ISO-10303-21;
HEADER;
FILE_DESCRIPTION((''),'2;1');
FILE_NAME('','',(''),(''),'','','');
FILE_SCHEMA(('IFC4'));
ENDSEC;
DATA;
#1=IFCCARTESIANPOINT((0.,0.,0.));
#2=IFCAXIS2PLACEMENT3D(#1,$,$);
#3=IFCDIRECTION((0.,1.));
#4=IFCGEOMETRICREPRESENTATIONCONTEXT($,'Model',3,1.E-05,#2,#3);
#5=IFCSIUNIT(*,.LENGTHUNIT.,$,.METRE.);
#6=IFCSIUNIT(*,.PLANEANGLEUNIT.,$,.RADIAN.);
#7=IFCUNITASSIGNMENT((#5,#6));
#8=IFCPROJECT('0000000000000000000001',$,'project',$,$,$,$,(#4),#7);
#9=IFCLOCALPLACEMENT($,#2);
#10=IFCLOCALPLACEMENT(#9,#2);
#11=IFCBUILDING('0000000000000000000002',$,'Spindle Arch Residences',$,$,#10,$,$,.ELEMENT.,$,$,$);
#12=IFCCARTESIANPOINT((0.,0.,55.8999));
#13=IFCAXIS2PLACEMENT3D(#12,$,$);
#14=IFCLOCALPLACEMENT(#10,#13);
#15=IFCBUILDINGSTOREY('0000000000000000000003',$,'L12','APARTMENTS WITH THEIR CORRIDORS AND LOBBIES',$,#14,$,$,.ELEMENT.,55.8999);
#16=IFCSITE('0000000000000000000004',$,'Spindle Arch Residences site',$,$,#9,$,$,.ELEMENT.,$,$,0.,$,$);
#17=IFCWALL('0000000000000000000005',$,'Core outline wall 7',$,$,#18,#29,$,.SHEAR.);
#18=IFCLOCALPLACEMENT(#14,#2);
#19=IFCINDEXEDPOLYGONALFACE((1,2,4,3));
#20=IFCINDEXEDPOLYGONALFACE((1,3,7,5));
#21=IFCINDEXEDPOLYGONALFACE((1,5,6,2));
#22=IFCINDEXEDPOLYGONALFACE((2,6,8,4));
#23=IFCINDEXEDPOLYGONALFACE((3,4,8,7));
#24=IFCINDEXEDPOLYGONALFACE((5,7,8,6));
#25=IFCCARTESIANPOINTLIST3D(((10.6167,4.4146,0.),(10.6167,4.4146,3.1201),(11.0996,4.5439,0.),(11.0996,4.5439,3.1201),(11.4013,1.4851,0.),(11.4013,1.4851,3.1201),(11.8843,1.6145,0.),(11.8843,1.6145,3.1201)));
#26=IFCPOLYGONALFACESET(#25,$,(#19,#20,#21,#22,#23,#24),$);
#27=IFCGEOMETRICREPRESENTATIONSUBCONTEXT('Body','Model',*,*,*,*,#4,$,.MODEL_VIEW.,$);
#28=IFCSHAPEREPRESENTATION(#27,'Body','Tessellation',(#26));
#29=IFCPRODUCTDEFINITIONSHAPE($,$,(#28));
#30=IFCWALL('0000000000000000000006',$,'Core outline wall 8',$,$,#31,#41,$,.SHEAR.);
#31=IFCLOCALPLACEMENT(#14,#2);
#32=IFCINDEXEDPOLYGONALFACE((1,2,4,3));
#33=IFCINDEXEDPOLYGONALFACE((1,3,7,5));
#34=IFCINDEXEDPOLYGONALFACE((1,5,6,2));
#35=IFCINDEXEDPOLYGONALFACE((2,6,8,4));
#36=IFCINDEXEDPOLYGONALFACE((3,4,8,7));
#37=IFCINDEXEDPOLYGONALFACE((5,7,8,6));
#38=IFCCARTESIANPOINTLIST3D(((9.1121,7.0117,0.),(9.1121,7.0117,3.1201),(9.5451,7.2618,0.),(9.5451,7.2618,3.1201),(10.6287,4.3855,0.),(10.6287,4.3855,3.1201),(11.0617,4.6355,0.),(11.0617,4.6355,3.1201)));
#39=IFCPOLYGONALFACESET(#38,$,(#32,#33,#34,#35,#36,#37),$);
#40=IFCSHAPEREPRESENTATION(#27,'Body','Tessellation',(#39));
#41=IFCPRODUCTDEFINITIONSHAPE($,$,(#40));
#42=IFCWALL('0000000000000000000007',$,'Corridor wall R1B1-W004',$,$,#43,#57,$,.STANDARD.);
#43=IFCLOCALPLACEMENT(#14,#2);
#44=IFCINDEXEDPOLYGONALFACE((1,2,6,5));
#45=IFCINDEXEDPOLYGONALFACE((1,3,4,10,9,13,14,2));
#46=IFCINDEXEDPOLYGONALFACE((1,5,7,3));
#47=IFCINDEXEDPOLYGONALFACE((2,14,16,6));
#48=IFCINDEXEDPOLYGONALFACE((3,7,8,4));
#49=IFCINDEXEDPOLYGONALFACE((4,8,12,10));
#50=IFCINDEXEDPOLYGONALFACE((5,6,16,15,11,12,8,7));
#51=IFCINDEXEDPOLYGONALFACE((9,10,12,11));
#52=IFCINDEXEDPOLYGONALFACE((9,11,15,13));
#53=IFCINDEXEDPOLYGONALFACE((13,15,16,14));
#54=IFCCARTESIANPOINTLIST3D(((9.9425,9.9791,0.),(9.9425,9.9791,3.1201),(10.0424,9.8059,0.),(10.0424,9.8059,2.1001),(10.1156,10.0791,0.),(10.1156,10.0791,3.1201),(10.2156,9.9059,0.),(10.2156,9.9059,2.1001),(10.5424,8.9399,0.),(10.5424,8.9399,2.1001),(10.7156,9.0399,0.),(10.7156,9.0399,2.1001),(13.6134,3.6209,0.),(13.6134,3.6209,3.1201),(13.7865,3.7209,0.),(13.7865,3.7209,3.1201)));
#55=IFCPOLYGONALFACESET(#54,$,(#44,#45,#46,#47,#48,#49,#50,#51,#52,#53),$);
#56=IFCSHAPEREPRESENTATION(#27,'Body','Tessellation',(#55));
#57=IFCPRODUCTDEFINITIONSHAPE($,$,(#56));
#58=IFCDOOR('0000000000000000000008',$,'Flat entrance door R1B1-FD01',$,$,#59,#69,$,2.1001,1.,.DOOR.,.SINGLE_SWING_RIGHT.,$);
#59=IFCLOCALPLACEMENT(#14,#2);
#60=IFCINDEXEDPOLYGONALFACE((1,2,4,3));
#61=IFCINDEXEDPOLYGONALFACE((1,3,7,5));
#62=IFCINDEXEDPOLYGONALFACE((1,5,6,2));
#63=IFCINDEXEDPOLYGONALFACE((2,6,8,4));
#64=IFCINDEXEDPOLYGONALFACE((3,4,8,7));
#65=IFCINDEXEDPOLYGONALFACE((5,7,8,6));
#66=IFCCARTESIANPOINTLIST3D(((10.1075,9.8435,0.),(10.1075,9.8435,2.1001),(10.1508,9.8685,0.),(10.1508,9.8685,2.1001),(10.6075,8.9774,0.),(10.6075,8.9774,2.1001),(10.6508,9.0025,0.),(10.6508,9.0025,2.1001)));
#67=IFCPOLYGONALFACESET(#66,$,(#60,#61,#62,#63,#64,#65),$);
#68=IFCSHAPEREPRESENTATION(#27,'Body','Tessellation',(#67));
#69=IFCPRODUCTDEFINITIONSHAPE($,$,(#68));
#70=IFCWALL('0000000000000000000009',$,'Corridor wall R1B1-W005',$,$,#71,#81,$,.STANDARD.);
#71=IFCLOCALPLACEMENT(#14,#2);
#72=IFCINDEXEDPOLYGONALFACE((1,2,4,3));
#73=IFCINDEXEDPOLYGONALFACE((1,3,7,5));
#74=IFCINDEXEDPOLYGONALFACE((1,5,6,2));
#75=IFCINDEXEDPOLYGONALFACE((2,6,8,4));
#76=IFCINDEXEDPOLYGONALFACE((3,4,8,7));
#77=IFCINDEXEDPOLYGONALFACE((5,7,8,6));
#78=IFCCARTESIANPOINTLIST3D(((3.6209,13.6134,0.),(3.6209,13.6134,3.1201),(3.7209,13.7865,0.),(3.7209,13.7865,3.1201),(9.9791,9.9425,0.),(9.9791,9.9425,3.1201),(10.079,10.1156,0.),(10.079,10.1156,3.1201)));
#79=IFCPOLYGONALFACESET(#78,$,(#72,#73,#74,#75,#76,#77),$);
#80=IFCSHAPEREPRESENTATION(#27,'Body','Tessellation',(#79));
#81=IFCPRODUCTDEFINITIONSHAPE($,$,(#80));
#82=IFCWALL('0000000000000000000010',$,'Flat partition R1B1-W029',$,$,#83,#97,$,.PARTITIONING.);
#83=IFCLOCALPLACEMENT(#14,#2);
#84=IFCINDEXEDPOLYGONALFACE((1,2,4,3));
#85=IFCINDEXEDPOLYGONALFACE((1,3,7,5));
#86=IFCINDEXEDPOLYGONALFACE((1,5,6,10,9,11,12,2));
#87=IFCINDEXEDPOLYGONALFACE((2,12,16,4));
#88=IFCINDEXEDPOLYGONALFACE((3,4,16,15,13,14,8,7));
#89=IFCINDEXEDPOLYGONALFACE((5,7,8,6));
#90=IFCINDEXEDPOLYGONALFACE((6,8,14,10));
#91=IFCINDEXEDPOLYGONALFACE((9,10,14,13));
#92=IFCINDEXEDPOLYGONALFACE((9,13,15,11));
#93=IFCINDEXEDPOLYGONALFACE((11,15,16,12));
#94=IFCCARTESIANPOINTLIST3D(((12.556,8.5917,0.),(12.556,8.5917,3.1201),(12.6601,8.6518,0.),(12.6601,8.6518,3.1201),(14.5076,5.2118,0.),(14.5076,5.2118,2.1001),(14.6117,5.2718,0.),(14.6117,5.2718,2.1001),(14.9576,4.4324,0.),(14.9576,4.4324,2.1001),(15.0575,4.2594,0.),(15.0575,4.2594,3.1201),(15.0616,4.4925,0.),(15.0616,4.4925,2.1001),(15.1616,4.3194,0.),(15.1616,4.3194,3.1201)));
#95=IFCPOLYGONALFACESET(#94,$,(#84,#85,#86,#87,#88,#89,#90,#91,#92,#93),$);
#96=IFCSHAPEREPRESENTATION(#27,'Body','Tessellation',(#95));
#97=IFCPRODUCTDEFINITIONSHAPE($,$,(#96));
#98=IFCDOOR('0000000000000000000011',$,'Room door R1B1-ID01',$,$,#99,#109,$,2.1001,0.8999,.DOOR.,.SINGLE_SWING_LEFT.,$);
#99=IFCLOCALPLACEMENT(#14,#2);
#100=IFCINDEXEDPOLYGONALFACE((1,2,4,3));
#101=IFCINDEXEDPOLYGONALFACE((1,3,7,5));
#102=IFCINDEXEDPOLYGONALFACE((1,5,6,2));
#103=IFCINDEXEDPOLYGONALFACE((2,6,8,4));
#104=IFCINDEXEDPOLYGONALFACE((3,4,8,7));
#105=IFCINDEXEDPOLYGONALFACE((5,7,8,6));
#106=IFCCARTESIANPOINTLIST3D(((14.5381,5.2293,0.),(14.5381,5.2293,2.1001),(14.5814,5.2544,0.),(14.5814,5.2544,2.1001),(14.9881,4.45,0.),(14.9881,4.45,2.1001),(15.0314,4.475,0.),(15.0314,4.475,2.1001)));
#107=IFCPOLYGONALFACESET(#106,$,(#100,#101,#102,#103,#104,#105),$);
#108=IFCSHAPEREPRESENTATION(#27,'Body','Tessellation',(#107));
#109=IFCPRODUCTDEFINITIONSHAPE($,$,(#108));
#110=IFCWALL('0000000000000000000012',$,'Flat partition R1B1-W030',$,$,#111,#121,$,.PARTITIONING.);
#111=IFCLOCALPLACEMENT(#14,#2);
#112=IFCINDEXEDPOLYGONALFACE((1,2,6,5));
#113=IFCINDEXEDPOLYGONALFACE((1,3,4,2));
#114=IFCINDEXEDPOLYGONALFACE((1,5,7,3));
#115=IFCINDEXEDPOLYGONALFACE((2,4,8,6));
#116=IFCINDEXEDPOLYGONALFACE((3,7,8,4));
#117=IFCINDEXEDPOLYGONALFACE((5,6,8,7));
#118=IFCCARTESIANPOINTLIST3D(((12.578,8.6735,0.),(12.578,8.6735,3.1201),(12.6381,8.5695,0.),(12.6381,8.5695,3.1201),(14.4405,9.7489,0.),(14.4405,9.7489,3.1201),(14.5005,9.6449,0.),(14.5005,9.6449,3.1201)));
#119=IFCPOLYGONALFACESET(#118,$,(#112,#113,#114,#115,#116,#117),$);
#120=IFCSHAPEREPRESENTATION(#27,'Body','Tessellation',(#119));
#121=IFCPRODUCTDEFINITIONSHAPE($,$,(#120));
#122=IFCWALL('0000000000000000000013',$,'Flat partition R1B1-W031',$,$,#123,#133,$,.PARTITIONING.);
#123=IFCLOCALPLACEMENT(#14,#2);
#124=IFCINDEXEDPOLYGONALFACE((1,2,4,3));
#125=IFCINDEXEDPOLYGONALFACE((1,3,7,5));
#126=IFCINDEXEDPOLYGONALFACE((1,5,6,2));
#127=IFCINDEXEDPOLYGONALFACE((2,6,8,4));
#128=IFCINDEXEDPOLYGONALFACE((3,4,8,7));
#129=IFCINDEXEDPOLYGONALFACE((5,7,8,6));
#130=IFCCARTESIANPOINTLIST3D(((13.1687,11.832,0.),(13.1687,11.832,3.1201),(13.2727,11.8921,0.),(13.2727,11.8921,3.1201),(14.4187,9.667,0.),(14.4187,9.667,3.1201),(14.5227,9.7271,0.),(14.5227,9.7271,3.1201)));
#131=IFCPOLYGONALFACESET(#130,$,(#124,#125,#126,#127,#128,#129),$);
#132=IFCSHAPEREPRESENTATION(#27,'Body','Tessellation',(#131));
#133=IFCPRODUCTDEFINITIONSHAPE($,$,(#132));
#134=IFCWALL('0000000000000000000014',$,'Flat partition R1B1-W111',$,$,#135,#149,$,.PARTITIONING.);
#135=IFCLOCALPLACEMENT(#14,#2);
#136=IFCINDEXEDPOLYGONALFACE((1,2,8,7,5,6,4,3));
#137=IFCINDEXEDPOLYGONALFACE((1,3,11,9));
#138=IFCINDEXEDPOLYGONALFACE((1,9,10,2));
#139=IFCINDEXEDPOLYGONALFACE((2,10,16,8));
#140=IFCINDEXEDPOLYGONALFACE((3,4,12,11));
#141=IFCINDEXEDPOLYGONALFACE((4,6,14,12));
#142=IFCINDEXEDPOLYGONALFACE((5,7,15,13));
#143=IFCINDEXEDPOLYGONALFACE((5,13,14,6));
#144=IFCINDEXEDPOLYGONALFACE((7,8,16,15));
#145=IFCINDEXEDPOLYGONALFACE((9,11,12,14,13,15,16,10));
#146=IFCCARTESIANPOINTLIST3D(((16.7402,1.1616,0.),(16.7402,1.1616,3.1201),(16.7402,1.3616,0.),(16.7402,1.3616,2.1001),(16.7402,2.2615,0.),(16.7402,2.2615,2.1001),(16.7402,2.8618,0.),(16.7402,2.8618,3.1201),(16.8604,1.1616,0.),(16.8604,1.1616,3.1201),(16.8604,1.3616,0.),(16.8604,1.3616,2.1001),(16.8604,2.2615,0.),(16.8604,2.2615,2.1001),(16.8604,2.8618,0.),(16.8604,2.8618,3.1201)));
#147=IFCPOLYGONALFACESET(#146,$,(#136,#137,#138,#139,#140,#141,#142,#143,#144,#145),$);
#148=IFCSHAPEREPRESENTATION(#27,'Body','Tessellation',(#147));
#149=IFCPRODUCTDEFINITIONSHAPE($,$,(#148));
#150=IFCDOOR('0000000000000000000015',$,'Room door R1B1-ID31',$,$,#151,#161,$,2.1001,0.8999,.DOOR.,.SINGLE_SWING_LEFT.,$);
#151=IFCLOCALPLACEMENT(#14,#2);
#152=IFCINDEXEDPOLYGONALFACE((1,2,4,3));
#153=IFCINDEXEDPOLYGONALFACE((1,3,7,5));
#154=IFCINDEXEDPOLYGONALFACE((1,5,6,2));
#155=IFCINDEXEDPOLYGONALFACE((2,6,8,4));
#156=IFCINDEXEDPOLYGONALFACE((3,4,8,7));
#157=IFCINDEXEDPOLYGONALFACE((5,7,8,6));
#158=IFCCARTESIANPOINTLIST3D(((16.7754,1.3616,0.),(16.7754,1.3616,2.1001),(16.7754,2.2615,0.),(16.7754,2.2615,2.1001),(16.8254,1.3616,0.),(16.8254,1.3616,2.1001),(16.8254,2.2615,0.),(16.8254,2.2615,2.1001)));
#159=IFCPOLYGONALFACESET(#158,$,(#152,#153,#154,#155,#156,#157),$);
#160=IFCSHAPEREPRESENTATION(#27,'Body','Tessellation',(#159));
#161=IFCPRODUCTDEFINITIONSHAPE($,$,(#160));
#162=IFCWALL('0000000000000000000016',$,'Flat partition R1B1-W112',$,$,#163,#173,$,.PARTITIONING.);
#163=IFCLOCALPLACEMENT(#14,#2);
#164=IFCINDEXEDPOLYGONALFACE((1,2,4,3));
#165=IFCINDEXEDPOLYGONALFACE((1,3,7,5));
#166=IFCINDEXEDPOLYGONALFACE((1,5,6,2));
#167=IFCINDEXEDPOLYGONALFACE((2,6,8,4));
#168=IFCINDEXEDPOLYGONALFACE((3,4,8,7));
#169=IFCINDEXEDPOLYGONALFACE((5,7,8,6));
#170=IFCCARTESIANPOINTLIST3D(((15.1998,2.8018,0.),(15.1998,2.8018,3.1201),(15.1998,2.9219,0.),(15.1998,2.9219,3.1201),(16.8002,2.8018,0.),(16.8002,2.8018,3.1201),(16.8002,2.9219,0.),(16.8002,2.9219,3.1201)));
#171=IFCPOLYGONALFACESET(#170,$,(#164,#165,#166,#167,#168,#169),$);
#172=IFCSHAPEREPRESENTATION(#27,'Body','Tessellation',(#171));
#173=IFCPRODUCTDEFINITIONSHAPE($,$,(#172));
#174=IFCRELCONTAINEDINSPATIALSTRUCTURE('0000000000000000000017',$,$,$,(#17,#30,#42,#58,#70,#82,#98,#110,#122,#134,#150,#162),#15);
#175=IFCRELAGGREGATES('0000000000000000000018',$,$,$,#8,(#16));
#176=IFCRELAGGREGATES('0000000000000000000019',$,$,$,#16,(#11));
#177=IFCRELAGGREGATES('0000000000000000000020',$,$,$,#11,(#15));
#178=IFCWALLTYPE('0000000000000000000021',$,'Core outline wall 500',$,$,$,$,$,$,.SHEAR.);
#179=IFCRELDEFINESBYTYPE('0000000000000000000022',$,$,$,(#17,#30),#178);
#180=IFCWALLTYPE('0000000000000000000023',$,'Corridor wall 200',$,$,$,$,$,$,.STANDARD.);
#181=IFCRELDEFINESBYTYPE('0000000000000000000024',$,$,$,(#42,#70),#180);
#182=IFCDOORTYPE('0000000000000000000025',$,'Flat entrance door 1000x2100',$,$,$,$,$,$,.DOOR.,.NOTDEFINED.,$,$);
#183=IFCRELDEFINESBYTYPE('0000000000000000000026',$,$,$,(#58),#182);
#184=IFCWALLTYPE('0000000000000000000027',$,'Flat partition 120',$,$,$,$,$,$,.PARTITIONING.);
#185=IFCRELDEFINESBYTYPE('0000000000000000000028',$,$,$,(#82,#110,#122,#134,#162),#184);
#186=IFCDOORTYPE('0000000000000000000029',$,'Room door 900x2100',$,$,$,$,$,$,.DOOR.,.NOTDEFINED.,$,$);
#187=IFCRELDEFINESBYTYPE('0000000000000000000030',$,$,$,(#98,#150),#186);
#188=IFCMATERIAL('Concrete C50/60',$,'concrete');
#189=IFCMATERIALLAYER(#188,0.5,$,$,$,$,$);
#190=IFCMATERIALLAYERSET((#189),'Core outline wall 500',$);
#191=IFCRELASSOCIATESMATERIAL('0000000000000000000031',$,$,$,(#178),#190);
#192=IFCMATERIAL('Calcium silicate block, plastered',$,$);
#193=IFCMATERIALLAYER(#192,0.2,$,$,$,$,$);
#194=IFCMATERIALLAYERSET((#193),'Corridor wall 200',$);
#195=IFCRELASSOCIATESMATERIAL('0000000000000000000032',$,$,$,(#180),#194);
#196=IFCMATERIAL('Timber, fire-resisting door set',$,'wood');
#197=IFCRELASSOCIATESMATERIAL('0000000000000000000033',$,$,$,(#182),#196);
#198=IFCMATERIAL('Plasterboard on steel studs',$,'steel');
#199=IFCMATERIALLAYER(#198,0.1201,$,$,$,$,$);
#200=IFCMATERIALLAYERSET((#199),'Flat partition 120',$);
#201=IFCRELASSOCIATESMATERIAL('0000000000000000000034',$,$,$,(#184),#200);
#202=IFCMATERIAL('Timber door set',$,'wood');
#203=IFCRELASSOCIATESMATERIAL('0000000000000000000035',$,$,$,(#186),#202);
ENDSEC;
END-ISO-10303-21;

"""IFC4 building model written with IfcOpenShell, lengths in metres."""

from ifc_helpers import new_model, si_unit, direction, frame, frame_2d, origin, place, context, subcontext, project, spatial, rectangle, extrude, material, layer, layer_set, type_object, element, fill, save


model = new_model("IFC4")

# Units and contexts
model_context = context("Model", 3, precision=1e-05, world=origin(), true_north=direction((0.0, 1.0)))
body_context = subcontext(model_context, "Body", "Model", "MODEL_VIEW")
ifc_project = project(units=[si_unit("LENGTHUNIT", "METRE"), si_unit("PLANEANGLEUNIT", "RADIAN")], contexts=[model_context])

# Site, building, storey
site_placement = place(None, origin())
site = spatial("IfcSite", under=ifc_project, at=site_placement, Name="Spindle Arch Residences site", CompositionType="ELEMENT", RefElevation=0.0)
building_placement = place(site_placement, origin())
building = spatial("IfcBuilding", under=site, at=building_placement, Name="Spindle Arch Residences", CompositionType="ELEMENT")
storey_placement = place(building_placement, frame((0.0, 0.0, 55.8999)))
storey = spatial("IfcBuildingStorey", under=building, at=storey_placement, Name="L12", Description="APARTMENTS WITH THEIR CORRIDORS AND LOBBIES", CompositionType="ELEMENT", Elevation=55.8999)

# Walls
ifc_material_1 = material(Name="Concrete C50/60", Category="concrete")
ifc_layer_1 = layer(ifc_material_1, 0.5)
ifc_layer_set_1 = layer_set([ifc_layer_1], Name="Core outline wall 500")
wall_type_1 = type_object("IfcWallType", Name="Core outline wall 500", PredefinedType="SHEAR", material=ifc_layer_set_1)
for number, where, z_axis, x_axis, name in (
    (1, (11.6428, 1.5498, 0.0), (0.0, 0.0, 1.0), (-0.258735, 0.965948, 0.0), "Core outline wall 7"),
    (2, (10.8452, 4.5105, 0.0), (0.0, 0.0, 1.0), (-0.500087, 0.865975, 0.0), "Core outline wall 8"),
):
    element("IfcWall", number, at=place(storey_placement, frame(where, z_axis=z_axis, x_axis=x_axis)), inside=storey, type_object=wall_type_1, Name=name, PredefinedType="SHEAR", context=body_context, shape_type="SweptSolid", body=[
        extrude(rectangle(XDim=3.0327, YDim=0.5, at=frame_2d((1.5164, 0.0))), origin(), (0.0, 0.0, 1.0), 3.1201),
    ])

# Wall, opening, door
ifc_material_2 = material(Name="Calcium silicate block, plastered")
ifc_layer_2 = layer(ifc_material_2, 0.2)
ifc_layer_set_2 = layer_set([ifc_layer_2], Name="Corridor wall 200")
wall_type_2 = type_object("IfcWallType", Name="Corridor wall 200", PredefinedType="STANDARD", material=ifc_layer_set_2)
wall_1_placement = place(storey_placement, frame((13.7, 3.6709, 0.0), z_axis=(0.0, 0.0, 1.0), x_axis=(-0.500002, 0.866024, 0.0)))
wall_1 = element("IfcWall", 3, at=wall_1_placement, inside=storey, type_object=wall_type_2, Name="Corridor wall R1B1-W004", PredefinedType="STANDARD", context=body_context, shape_type="SweptSolid", body=[
    extrude(rectangle(XDim=7.3418, YDim=0.2, at=frame_2d((3.6709, 0.0))), origin(), (0.0, 0.0, 1.0), 3.1201),
])
opening_1_placement = place(wall_1_placement, frame((6.1418, 0.0, 0.0)))
opening_1 = element("IfcOpeningElement", 4, at=opening_1_placement, cuts=wall_1, PredefinedType="OPENING", context=body_context, shape_type="SweptSolid", body=[
    extrude(rectangle(XDim=1.0, YDim=2.1001, at=frame_2d((0.5, 1.05))), frame((0.0, 0.1099, 0.0), z_axis=(0.0, -1.0, 0.0), x_axis=(1.0, 0.0, 0.0)), (0.0, 0.0, 1.0), 0.22),
])
ifc_material_3 = material(Name="Timber, fire-resisting door set", Category="wood")
door_type_1 = type_object("IfcDoorType", Name="Flat entrance door 1000x2100", OperationType="NOTDEFINED", PredefinedType="DOOR", material=ifc_material_3)
door_1_placement = place(opening_1_placement, origin())
door_1 = element("IfcDoor", 5, at=door_1_placement, inside=storey, type_object=door_type_1, Name="Flat entrance door R1B1-FD01", OperationType="SINGLE_SWING_RIGHT", OverallHeight=2.1001, OverallWidth=1.0, PredefinedType="DOOR", context=body_context, shape_type="SweptSolid", body=[
    extrude(rectangle(XDim=1.0, YDim=2.1001, at=frame_2d((0.5, 1.05))), frame((0.0, 0.0249, 0.0), z_axis=(0.0, -1.0, 0.0), x_axis=(1.0, 0.0, 0.0)), (0.0, 0.0, 1.0), 0.05),
])
fill(opening_1, door_1)

# Wall
wall_2_placement = place(storey_placement, frame((10.0291, 10.0291, 0.0), z_axis=(0.0, 0.0, 1.0), x_axis=(-0.866024, 0.500002, 0.0)))
element("IfcWall", 6, at=wall_2_placement, inside=storey, type_object=wall_type_2, Name="Corridor wall R1B1-W005", PredefinedType="STANDARD", context=body_context, shape_type="SweptSolid", body=[
    extrude(rectangle(XDim=7.3418, YDim=0.2, at=frame_2d((3.6709, 0.0))), origin(), (0.0, 0.0, 1.0), 3.1201),
])

# Wall, opening, door
ifc_material_4 = material(Name="Plasterboard on steel studs", Category="steel")
ifc_layer_3 = layer(ifc_material_4, 0.1201)
ifc_layer_set_3 = layer_set([ifc_layer_3], Name="Flat partition 120")
wall_type_3 = type_object("IfcWallType", Name="Flat partition 120", PredefinedType="PARTITIONING", material=ifc_layer_set_3)
wall_3_placement = place(storey_placement, frame((15.1096, 4.2893, 0.0), z_axis=(0.0, 0.0, 1.0), x_axis=(-0.500034, 0.866006, 0.0)))
wall_3 = element("IfcWall", 7, at=wall_3_placement, inside=storey, type_object=wall_type_3, Name="Flat partition R1B1-W029", PredefinedType="PARTITIONING", context=body_context, shape_type="SweptSolid", body=[
    extrude(rectangle(XDim=5.0027, YDim=0.1201, at=frame_2d((2.5015, 0.0))), origin(), (0.0, 0.0, 1.0), 3.1201),
])
opening_2_placement = place(wall_3_placement, frame((0.2, 0.0, 0.0)))
opening_2 = element("IfcOpeningElement", 8, at=opening_2_placement, cuts=wall_3, PredefinedType="OPENING", context=body_context, shape_type="SweptSolid", body=[
    extrude(rectangle(XDim=0.8999, YDim=2.1001, at=frame_2d((0.45, 1.05))), frame((0.0, 0.0701, 0.0), z_axis=(0.0, -1.0, 0.0), x_axis=(1.0, 0.0, 0.0)), (0.0, 0.0, 1.0), 0.1401),
])
ifc_material_5 = material(Name="Timber door set", Category="wood")
door_type_2 = type_object("IfcDoorType", Name="Room door 900x2100", OperationType="NOTDEFINED", PredefinedType="DOOR", material=ifc_material_5)
door_2_placement = place(opening_2_placement, origin())
door_2 = element("IfcDoor", 9, at=door_2_placement, inside=storey, type_object=door_type_2, Name="Room door R1B1-ID01", OperationType="SINGLE_SWING_LEFT", OverallHeight=2.1001, OverallWidth=0.8999, PredefinedType="DOOR", context=body_context, shape_type="SweptSolid", body=[
    extrude(rectangle(XDim=0.8999, YDim=2.1001, at=frame_2d((0.45, 1.05))), frame((0.0, 0.0249, 0.0), z_axis=(0.0, -1.0, 0.0), x_axis=(1.0, 0.0, 0.0)), (0.0, 0.0, 1.0), 0.05),
])
fill(opening_2, door_2)

# Walls
wall_4_placement = place(storey_placement, frame((12.6082, 8.6216, 0.0), z_axis=(0.0, 0.0, 1.0), x_axis=(0.866006, 0.500034, 0.0)))
element("IfcWall", 10, at=wall_4_placement, inside=storey, type_object=wall_type_3, Name="Flat partition R1B1-W030", PredefinedType="PARTITIONING", context=body_context, shape_type="SweptSolid", body=[
    extrude(rectangle(XDim=2.1506, YDim=0.1201, at=frame_2d((1.0752, 0.0))), origin(), (0.0, 0.0, 1.0), 3.1201),
])
wall_5_placement = place(storey_placement, frame((14.4707, 9.697, 0.0), z_axis=(0.0, 0.0, 1.0), x_axis=(-0.500004, 0.866023, 0.0)))
element("IfcWall", 11, at=wall_5_placement, inside=storey, type_object=wall_type_3, Name="Flat partition R1B1-W031", PredefinedType="PARTITIONING", context=body_context, shape_type="SweptSolid", body=[
    extrude(rectangle(XDim=2.5, YDim=0.1201, at=frame_2d((1.25, 0.0))), origin(), (0.0, 0.0, 1.0), 3.1201),
])

# Wall, opening, door
wall_6_placement = place(storey_placement, frame((16.8003, 1.1616, 0.0), z_axis=(0.0, 0.0, 1.0), x_axis=(0.0, 1.0, 0.0)))
wall_6 = element("IfcWall", 12, at=wall_6_placement, inside=storey, type_object=wall_type_3, Name="Flat partition R1B1-W111", PredefinedType="PARTITIONING", context=body_context, shape_type="SweptSolid", body=[
    extrude(rectangle(XDim=1.7002, YDim=0.1201, at=frame_2d((0.8501, 0.0))), origin(), (0.0, 0.0, 1.0), 3.1201),
])
opening_3_placement = place(wall_6_placement, frame((0.2, 0.0, 0.0)))
opening_3 = element("IfcOpeningElement", 13, at=opening_3_placement, cuts=wall_6, PredefinedType="OPENING", context=body_context, shape_type="SweptSolid", body=[
    extrude(rectangle(XDim=0.8999, YDim=2.1001, at=frame_2d((0.45, 1.05))), frame((0.0, 0.0701, 0.0), z_axis=(0.0, -1.0, 0.0), x_axis=(1.0, 0.0, 0.0)), (0.0, 0.0, 1.0), 0.1401),
])
door_3_placement = place(opening_3_placement, origin())
door_3 = element("IfcDoor", 14, at=door_3_placement, inside=storey, type_object=door_type_2, Name="Room door R1B1-ID31", OperationType="SINGLE_SWING_LEFT", OverallHeight=2.1001, OverallWidth=0.8999, PredefinedType="DOOR", context=body_context, shape_type="SweptSolid", body=[
    extrude(rectangle(XDim=0.8999, YDim=2.1001, at=frame_2d((0.45, 1.05))), frame((0.0, 0.0249, 0.0), z_axis=(0.0, -1.0, 0.0), x_axis=(1.0, 0.0, 0.0)), (0.0, 0.0, 1.0), 0.05),
])
fill(opening_3, door_3)

# Wall
wall_7_placement = place(storey_placement, frame((16.8003, 2.8618, 0.0), z_axis=(0.0, 0.0, 1.0), x_axis=(-1.0, 0.0, 0.0)))
element("IfcWall", 15, at=wall_7_placement, inside=storey, type_object=wall_type_3, Name="Flat partition R1B1-W112", PredefinedType="PARTITIONING", context=body_context, shape_type="SweptSolid", body=[
    extrude(rectangle(XDim=1.6003, YDim=0.1201, at=frame_2d((0.8003, 0.0))), origin(), (0.0, 0.0, 1.0), 3.1201),
])

save(model, "model.ifc")
